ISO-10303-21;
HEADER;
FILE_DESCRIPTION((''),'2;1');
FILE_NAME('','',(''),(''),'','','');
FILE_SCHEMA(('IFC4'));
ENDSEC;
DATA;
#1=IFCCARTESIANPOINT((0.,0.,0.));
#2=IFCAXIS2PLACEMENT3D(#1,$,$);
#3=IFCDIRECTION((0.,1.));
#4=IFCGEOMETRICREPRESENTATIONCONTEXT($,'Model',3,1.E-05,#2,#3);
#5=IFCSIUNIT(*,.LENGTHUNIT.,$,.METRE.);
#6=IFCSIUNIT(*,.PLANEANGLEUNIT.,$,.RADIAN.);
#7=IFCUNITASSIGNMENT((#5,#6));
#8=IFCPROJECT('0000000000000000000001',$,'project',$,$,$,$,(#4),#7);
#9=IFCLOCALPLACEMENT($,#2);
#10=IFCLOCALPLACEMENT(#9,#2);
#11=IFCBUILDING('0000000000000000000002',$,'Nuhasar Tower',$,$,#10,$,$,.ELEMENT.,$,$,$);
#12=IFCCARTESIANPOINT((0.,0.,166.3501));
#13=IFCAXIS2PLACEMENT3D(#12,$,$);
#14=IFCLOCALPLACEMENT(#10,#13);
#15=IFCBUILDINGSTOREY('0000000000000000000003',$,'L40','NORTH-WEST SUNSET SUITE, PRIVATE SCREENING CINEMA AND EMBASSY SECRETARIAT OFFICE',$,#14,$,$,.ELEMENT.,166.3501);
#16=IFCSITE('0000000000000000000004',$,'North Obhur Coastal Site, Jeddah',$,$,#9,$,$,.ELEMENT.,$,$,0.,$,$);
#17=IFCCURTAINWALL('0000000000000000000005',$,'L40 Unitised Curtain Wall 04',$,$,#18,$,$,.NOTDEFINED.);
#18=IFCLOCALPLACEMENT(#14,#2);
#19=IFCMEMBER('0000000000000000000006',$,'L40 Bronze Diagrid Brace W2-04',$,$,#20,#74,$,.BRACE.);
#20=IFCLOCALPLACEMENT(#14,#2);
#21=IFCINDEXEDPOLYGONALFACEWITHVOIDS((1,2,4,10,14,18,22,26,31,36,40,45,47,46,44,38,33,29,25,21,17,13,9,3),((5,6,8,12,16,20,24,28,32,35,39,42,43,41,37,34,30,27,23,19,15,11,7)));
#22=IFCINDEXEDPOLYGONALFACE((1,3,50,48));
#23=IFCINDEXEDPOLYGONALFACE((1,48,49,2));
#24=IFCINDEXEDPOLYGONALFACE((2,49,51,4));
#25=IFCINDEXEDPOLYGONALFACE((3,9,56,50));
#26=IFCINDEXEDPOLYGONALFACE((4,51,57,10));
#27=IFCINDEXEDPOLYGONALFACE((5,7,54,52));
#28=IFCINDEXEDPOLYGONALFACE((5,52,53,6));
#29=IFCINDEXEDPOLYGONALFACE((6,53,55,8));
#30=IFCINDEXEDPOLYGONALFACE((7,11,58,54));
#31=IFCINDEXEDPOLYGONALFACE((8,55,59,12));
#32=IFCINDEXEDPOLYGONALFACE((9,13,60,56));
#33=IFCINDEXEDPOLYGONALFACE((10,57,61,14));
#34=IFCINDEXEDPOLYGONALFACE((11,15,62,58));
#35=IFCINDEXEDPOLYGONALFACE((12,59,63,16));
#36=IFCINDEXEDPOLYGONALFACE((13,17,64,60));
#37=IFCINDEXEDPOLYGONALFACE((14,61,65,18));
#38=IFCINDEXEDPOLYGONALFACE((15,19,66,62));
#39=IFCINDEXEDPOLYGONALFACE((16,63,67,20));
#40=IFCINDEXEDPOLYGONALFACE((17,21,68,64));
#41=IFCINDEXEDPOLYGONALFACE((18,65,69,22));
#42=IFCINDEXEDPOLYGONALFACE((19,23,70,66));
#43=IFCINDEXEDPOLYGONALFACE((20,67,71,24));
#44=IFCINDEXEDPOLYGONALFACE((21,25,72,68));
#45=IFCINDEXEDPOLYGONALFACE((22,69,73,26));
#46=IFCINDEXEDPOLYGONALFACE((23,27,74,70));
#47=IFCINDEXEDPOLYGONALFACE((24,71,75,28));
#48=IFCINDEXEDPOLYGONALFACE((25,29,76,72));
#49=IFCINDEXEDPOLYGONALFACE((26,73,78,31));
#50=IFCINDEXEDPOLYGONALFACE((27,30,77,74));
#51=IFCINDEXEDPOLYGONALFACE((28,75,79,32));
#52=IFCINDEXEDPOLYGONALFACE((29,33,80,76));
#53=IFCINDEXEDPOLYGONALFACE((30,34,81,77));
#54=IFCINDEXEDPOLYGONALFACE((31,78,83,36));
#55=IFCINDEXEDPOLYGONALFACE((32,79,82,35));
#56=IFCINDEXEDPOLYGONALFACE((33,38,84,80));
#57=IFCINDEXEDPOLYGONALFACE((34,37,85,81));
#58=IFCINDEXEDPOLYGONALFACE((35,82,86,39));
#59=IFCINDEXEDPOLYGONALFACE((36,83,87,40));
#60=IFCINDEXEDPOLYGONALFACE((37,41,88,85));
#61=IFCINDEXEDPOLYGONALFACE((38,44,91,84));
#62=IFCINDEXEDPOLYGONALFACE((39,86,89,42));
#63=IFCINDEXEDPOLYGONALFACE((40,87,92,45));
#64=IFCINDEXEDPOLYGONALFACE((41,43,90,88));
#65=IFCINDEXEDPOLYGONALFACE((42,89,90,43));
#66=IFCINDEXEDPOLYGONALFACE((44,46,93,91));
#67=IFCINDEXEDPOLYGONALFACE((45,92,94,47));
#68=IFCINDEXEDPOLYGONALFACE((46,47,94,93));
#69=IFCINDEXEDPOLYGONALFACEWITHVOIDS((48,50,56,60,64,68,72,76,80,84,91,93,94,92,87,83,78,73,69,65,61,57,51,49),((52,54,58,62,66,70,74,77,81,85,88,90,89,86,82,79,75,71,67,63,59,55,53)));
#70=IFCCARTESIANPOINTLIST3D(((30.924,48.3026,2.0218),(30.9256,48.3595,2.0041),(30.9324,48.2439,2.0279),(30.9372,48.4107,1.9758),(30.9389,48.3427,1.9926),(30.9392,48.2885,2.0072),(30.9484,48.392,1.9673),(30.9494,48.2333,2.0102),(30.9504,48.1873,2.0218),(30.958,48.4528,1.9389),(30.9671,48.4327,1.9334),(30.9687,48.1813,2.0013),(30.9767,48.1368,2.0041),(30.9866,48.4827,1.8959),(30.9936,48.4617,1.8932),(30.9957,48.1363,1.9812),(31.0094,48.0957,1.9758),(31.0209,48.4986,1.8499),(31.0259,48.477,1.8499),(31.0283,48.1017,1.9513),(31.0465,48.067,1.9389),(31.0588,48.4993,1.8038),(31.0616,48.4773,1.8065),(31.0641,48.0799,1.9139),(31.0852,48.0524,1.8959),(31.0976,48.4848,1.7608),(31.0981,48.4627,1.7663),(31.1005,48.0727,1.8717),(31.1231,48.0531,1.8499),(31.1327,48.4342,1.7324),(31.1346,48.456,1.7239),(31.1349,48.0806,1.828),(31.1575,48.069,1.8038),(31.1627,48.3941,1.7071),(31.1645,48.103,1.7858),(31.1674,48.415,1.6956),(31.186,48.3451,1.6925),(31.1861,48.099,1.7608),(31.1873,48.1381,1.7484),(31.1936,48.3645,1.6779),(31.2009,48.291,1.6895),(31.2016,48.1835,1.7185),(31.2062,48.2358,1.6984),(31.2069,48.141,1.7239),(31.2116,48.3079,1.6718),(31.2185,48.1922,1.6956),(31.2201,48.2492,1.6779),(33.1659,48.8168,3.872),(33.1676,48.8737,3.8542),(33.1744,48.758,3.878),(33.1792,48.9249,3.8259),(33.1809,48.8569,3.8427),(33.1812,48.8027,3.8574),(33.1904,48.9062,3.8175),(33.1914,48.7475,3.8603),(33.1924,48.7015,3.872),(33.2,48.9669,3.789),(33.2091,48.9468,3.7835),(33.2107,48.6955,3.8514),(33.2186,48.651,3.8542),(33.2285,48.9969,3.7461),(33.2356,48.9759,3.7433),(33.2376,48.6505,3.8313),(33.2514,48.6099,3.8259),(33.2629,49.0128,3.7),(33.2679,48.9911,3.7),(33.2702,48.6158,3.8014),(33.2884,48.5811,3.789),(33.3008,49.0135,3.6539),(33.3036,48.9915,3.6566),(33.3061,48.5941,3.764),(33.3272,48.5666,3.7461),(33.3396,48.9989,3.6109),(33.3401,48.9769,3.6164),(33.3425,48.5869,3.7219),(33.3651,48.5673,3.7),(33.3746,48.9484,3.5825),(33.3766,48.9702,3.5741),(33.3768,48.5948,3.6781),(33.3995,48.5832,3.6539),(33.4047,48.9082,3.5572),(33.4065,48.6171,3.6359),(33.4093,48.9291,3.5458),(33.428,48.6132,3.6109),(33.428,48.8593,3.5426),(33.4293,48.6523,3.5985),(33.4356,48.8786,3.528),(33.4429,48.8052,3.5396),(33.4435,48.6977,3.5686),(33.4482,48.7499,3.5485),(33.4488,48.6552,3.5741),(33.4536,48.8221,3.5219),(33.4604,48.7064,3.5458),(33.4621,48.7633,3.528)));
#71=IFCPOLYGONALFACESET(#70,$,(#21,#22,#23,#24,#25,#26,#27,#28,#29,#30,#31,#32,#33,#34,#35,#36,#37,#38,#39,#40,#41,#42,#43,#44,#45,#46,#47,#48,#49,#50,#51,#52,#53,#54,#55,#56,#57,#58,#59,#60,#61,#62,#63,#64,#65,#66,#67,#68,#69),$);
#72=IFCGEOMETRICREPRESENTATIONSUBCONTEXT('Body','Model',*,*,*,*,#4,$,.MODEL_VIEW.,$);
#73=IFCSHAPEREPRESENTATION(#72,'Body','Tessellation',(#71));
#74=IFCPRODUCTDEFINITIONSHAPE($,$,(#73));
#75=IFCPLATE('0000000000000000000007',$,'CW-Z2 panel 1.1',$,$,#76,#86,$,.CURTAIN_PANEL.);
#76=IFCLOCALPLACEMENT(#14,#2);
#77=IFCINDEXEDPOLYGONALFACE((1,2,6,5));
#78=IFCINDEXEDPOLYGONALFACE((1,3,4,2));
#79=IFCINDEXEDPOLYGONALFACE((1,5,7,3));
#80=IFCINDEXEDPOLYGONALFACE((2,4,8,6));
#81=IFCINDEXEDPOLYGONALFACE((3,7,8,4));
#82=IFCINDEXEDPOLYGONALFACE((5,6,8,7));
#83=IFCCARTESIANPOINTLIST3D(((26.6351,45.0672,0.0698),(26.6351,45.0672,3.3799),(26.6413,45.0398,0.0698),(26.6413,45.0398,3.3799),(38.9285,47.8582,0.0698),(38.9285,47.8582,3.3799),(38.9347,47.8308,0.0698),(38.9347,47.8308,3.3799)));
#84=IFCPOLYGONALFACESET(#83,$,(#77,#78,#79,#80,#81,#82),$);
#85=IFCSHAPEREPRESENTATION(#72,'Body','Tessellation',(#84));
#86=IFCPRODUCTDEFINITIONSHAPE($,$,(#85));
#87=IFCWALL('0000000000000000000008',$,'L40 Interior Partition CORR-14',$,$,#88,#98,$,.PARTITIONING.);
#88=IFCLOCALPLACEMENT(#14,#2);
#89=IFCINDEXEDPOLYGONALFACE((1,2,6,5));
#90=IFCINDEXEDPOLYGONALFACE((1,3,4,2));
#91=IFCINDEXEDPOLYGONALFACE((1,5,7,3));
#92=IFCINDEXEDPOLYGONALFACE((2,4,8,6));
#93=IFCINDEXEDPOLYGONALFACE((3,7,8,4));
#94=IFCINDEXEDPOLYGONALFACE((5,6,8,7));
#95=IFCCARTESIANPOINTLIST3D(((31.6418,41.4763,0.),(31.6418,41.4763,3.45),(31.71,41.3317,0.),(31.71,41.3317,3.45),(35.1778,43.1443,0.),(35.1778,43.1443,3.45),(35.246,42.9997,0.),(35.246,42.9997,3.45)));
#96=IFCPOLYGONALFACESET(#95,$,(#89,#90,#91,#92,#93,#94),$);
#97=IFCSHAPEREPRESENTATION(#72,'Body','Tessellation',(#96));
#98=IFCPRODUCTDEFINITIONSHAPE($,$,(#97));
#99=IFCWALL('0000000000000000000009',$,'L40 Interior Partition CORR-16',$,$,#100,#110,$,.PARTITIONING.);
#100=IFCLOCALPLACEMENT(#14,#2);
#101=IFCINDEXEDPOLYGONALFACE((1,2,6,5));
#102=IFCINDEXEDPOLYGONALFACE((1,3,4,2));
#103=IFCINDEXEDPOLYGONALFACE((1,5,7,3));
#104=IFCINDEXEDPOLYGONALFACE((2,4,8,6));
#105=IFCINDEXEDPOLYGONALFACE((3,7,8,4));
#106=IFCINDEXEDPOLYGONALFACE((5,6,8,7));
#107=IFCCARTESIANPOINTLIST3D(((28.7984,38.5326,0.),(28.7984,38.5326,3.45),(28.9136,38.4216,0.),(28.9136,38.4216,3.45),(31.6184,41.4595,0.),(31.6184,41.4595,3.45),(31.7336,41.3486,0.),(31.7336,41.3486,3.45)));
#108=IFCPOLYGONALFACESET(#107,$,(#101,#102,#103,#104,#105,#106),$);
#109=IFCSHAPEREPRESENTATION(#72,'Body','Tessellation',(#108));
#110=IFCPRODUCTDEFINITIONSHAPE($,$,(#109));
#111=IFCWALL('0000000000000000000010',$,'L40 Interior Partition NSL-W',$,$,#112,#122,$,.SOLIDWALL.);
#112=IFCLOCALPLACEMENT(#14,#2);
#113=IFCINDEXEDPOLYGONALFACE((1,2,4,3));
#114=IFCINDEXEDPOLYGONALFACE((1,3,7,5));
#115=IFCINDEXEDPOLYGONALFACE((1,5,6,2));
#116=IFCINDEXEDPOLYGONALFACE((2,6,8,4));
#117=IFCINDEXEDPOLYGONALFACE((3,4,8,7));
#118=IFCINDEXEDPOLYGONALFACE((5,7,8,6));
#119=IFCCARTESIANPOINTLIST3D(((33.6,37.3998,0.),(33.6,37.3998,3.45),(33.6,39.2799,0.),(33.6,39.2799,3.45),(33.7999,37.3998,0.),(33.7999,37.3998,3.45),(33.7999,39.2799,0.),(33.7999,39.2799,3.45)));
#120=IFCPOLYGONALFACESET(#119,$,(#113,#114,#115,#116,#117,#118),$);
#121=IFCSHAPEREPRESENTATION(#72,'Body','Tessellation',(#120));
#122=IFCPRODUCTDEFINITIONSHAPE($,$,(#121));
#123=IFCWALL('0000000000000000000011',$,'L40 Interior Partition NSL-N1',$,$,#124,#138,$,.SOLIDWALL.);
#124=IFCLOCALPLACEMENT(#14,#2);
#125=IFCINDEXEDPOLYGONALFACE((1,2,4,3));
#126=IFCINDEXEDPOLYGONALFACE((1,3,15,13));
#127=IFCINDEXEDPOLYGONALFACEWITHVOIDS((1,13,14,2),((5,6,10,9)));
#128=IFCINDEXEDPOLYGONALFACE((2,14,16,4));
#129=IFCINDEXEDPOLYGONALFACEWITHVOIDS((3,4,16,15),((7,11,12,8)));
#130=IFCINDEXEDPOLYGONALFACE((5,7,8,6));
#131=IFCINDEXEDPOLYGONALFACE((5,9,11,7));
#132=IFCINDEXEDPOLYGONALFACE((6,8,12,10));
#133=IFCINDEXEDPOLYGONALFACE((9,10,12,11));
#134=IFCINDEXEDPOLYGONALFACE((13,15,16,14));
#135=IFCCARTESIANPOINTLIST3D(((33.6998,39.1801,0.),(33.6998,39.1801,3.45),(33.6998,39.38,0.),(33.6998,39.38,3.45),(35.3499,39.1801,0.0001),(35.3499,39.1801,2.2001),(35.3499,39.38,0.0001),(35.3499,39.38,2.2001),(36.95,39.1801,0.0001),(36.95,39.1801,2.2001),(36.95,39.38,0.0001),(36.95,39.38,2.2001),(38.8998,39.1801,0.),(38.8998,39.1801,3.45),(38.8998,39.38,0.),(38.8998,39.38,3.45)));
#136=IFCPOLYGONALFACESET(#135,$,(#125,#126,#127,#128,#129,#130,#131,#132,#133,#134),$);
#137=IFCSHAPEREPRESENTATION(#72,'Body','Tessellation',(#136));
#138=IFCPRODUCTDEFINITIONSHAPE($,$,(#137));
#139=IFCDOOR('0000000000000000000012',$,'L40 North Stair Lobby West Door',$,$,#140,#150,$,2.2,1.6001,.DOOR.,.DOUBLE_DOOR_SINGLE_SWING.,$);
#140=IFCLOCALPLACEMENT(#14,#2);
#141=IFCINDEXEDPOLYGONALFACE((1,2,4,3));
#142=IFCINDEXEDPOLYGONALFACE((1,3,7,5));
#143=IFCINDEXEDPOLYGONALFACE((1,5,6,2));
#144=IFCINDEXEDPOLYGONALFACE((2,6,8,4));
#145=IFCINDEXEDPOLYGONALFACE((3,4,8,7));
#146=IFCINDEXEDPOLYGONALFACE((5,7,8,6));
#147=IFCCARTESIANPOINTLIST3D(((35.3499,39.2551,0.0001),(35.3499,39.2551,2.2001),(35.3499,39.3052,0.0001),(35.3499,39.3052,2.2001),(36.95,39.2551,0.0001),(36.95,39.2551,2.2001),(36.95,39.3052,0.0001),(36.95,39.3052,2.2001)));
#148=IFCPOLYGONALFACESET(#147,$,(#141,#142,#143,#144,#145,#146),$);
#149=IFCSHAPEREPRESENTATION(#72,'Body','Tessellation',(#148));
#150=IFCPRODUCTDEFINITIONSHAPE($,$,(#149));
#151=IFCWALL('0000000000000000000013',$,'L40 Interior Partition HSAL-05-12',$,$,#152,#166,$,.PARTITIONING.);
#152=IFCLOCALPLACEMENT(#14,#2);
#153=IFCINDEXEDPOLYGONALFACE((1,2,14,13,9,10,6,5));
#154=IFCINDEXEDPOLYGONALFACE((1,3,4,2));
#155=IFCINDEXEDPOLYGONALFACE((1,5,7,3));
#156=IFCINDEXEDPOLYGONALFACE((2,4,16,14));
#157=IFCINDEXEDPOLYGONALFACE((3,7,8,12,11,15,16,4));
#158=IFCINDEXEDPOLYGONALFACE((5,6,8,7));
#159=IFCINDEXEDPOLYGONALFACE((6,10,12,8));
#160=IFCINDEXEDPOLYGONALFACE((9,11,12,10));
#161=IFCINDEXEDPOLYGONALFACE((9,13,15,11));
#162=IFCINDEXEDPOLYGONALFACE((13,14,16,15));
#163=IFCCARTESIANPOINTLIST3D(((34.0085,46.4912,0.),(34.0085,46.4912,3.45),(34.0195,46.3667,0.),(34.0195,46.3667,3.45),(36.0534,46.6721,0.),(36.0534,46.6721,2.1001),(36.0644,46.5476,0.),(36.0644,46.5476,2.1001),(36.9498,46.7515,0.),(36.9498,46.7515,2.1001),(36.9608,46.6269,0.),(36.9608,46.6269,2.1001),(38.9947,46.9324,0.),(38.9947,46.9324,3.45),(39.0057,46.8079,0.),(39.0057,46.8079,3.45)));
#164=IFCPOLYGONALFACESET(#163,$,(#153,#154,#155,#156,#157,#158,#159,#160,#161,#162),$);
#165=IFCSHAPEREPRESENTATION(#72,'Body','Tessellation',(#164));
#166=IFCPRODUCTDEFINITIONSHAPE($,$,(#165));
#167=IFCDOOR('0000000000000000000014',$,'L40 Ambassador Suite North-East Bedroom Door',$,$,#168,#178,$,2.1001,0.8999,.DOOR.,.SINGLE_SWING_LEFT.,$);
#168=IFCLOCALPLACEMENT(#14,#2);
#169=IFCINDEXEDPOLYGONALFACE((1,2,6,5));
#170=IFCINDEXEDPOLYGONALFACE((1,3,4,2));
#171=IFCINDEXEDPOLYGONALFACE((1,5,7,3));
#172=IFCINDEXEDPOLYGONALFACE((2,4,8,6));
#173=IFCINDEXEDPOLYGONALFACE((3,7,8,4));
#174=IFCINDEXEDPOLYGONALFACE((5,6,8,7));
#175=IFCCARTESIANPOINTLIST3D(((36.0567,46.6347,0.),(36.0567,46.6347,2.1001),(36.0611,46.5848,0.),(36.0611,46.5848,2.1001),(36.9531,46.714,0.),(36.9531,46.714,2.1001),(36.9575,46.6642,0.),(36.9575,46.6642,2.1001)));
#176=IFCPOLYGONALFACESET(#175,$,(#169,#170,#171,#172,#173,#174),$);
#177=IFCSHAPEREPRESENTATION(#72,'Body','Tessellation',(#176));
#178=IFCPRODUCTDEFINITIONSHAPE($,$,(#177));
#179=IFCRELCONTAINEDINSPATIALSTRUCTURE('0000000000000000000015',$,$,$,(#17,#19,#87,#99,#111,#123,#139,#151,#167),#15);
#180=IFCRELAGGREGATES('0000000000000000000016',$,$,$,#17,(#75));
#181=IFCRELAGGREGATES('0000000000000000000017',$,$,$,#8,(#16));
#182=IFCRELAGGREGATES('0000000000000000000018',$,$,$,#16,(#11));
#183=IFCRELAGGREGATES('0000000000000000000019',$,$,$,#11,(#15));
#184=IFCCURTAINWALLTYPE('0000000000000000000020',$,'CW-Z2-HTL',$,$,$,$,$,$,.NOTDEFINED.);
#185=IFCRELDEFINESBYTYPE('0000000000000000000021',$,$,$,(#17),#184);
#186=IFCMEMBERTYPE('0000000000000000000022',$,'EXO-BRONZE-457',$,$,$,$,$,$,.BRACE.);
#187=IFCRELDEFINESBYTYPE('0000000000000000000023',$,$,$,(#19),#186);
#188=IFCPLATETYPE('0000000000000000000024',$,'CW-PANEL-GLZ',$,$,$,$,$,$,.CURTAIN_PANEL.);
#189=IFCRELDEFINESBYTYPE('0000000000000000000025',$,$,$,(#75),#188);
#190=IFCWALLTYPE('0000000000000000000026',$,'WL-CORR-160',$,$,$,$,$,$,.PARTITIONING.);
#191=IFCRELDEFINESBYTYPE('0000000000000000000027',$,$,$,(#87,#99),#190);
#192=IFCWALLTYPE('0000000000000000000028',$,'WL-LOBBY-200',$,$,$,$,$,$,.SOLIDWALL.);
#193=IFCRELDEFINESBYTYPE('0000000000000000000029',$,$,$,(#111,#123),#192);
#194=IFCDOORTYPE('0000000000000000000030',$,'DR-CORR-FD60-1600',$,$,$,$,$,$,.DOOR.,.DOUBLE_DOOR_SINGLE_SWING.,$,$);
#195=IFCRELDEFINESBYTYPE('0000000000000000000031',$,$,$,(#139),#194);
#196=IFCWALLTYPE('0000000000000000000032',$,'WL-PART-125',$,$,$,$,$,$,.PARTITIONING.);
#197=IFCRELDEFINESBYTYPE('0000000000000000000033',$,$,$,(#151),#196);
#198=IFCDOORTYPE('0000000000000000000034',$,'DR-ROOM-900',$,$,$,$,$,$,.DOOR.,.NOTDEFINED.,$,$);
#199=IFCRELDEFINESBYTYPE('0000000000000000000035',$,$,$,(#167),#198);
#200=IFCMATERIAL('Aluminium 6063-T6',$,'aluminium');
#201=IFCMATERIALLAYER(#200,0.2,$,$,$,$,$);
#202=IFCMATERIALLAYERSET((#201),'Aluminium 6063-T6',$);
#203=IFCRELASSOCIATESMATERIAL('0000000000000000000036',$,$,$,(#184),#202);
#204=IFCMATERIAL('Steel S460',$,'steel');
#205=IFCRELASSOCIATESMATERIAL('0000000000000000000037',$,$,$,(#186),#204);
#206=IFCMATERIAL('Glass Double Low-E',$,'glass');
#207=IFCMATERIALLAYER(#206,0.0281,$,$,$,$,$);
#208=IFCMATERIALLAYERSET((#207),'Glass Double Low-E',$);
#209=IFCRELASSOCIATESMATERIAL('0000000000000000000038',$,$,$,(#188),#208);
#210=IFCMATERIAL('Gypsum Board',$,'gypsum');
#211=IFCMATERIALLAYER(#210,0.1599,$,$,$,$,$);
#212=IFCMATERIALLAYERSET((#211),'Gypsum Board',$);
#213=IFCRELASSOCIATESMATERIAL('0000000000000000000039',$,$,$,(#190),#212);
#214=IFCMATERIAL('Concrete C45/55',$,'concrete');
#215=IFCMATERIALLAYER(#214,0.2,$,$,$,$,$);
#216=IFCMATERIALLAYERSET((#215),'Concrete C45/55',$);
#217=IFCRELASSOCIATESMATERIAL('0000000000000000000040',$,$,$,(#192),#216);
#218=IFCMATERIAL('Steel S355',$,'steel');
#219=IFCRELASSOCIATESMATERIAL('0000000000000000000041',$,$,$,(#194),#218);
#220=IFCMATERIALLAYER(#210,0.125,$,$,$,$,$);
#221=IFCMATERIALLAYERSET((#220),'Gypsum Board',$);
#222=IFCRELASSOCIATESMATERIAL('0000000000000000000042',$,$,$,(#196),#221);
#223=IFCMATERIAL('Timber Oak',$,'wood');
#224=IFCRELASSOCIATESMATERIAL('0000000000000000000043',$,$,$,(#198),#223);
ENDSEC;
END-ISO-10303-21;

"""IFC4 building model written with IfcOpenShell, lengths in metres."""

from ifc_helpers import new_model, si_unit, direction, frame, frame_2d, origin, origin_2d, place, context, subcontext, project, spatial, rectangle, hollow_circle, extrude, material, layer, layer_set, material_profile, profile_set, type_object, element, fill, aggregate, save


model = new_model("IFC4")

# Units and contexts
model_context = context("Model", 3, precision=1e-05, world=origin(), true_north=direction((0.0, 1.0)))
body_context = subcontext(model_context, "Body", "Model", "MODEL_VIEW")
ifc_project = project(units=[si_unit("LENGTHUNIT", "METRE"), si_unit("PLANEANGLEUNIT", "RADIAN")], contexts=[model_context])

# Site, building, storey
site_placement = place(None, origin())
site = spatial("IfcSite", under=ifc_project, at=site_placement, Name="North Obhur Coastal Site, Jeddah", CompositionType="ELEMENT", RefElevation=0.0)
building_placement = place(site_placement, origin())
building = spatial("IfcBuilding", under=site, at=building_placement, Name="Nuhasar Tower", CompositionType="ELEMENT")
storey_placement = place(building_placement, frame((0.0, 0.0, 166.3501)))
storey = spatial("IfcBuildingStorey", under=building, at=storey_placement, Name="L40", Description="NORTH-WEST SUNSET SUITE, PRIVATE SCREENING CINEMA AND EMBASSY SECRETARIAT OFFICE", CompositionType="ELEMENT", Elevation=166.3501)

# Shared definitions
ifc_material_1 = material(Name="Steel S355", Category="steel")

# Curtain wall
ifc_material_2 = material(Name="Aluminium 6063-T6", Category="aluminium")
ifc_layer_1 = layer(ifc_material_2, 0.2)
ifc_layer_set_1 = layer_set([ifc_layer_1], Name="Aluminium 6063-T6")
curtain_wall_type = type_object("IfcCurtainWallType", Name="CW-Z2-HTL", PredefinedType="NOTDEFINED", material=ifc_layer_set_1)
curtain_wall_placement = place(storey_placement, origin())
curtain_wall = element("IfcCurtainWall", 1, at=curtain_wall_placement, inside=storey, type_object=curtain_wall_type, Name="L40 Unitised Curtain Wall 04", PredefinedType="NOTDEFINED")

# Member
ifc_material_3 = material(Name="Steel S460", Category="steel")
ifc_material_profile_1 = material_profile(ifc_material_3, hollow_circle(Radius=0.2285, WallThickness=0.0222, at=origin_2d()), Name="HSS457X22.2")
ifc_profile_set_1 = profile_set([ifc_material_profile_1], Name="Steel S460")
member_type_1 = type_object("IfcMemberType", Name="EXO-BRONZE-457", PredefinedType="BRACE", material=ifc_profile_set_1)
member_1_placement = place(storey_placement, frame((31.072, 48.2759, 1.8499), z_axis=(0.7595, 0.174181, 0.626755), x_axis=(-0.223534, 0.974696, 0.0)))
element("IfcMember", 2, at=member_1_placement, inside=storey, type_object=member_type_1, Name="L40 Bronze Diagrid Brace W2-04", PredefinedType="BRACE", context=body_context, shape_type="SweptSolid", body=[
    extrude(hollow_circle(Radius=0.2285, WallThickness=0.0222, at=origin_2d()), origin(), (0.0, 0.0, 1.0), 2.9519),
])

# Plate
ifc_material_4 = material(Name="Glass Double Low-E", Category="glass")
ifc_layer_2 = layer(ifc_material_4, 0.0281)
ifc_layer_set_2 = layer_set([ifc_layer_2], Name="Glass Double Low-E")
plate_type = type_object("IfcPlateType", Name="CW-PANEL-GLZ", PredefinedType="CURTAIN_PANEL", material=ifc_layer_set_2)
plate_placement = place(storey_placement, frame((32.7849, 46.449, 0.0698), z_axis=(0.0, 0.0, 1.0), x_axis=(-0.975184, -0.221397, 0.0)))
plate = element("IfcPlate", 3, at=plate_placement, type_object=plate_type, Name="CW-Z2 panel 1.1", PredefinedType="CURTAIN_PANEL", context=body_context, shape_type="SweptSolid", body=[
    extrude(rectangle(XDim=12.6062, YDim=0.0281, at=origin_2d()), origin(), (0.0, 0.0, 1.0), 3.3101),
])
aggregate(curtain_wall, [plate])

# Shared definitions
ifc_material_5 = material(Name="Gypsum Board", Category="gypsum")
ifc_layer_3 = layer(ifc_material_5, 0.1599)
ifc_layer_set_3 = layer_set([ifc_layer_3], Name="Gypsum Board")
wall_type_1 = type_object("IfcWallType", Name="WL-CORR-160", PredefinedType="PARTITIONING", material=ifc_layer_set_3)
ifc_material_6 = material(Name="Timber Oak", Category="wood")

# Walls
wall_1_placement = place(storey_placement, frame((35.2119, 43.072, 0.0), z_axis=(0.0, 0.0, 1.0), x_axis=(-0.904422, -0.426639, 0.0)))
element("IfcWall", 4, at=wall_1_placement, inside=storey, type_object=wall_type_1, Name="L40 Interior Partition CORR-14", PredefinedType="PARTITIONING", context=body_context, shape_type="SweptSolid", body=[
    extrude(rectangle(XDim=3.9097, YDim=0.1599, at=frame_2d((1.9548, 0.0))), origin(), (0.0, 0.0, 1.0), 3.45),
])
wall_2_placement = place(storey_placement, frame((31.676, 41.4041, 0.0), z_axis=(0.0, 0.0, 1.0), x_axis=(-0.69383, -0.720139, 0.0)))
element("IfcWall", 5, at=wall_2_placement, inside=storey, type_object=wall_type_1, Name="L40 Interior Partition CORR-16", PredefinedType="PARTITIONING", context=body_context, shape_type="SweptSolid", body=[
    extrude(rectangle(XDim=4.0645, YDim=0.1599, at=frame_2d((2.0322, 0.0))), origin(), (0.0, 0.0, 1.0), 3.45),
])
ifc_material_7 = material(Name="Concrete C45/55", Category="concrete")
ifc_layer_4 = layer(ifc_material_7, 0.2)
ifc_layer_set_4 = layer_set([ifc_layer_4], Name="Concrete C45/55")
wall_type_2 = type_object("IfcWallType", Name="WL-LOBBY-200", PredefinedType="SOLIDWALL", material=ifc_layer_set_4)
wall_3_placement = place(storey_placement, frame((33.7, 37.3999, 0.0), z_axis=(0.0, 0.0, 1.0), x_axis=(0.0, 1.0, 0.0)))
element("IfcWall", 6, at=wall_3_placement, inside=storey, type_object=wall_type_2, Name="L40 Interior Partition NSL-W", PredefinedType="SOLIDWALL", context=body_context, shape_type="SweptSolid", body=[
    extrude(rectangle(XDim=1.8801, YDim=0.2, at=frame_2d((0.9399, 0.0))), origin(), (0.0, 0.0, 1.0), 3.45),
])

# Walls, openings, doors
wall_4_placement = place(storey_placement, frame((38.8999, 39.28, 0.0), z_axis=(0.0, 0.0, 1.0), x_axis=(-1.0, 0.0, 0.0)))
wall_4 = element("IfcWall", 7, at=wall_4_placement, inside=storey, type_object=wall_type_2, Name="L40 Interior Partition NSL-N1", PredefinedType="SOLIDWALL", context=body_context, shape_type="SweptSolid", body=[
    extrude(rectangle(XDim=5.2, YDim=0.2, at=frame_2d((2.6001, 0.0))), origin(), (0.0, 0.0, 1.0), 3.45),
])
opening_1_placement = place(wall_4_placement, frame((1.95, 0.0, 0.0)))
opening_1 = element("IfcOpeningElement", 8, at=opening_1_placement, cuts=wall_4, PredefinedType="OPENING", context=body_context, shape_type="SweptSolid", body=[
    extrude(rectangle(XDim=1.6001, YDim=2.2, at=frame_2d((0.8, 1.1001))), frame((0.0, 0.1099, 0.0), z_axis=(0.0, -1.0, 0.0), x_axis=(1.0, 0.0, 0.0)), (0.0, 0.0, 1.0), 0.22),
])
door_type_1 = type_object("IfcDoorType", Name="DR-CORR-FD60-1600", OperationType="DOUBLE_DOOR_SINGLE_SWING", PredefinedType="DOOR", material=ifc_material_1)
door_1_placement = place(opening_1_placement, origin())
door_1 = element("IfcDoor", 9, at=door_1_placement, inside=storey, type_object=door_type_1, Name="L40 North Stair Lobby West Door", OperationType="DOUBLE_DOOR_SINGLE_SWING", OverallHeight=2.2, OverallWidth=1.6001, PredefinedType="DOOR", context=body_context, shape_type="SweptSolid", body=[
    extrude(rectangle(XDim=1.6001, YDim=2.2, at=frame_2d((0.8, 1.1001))), frame((0.0, 0.0249, 0.0), z_axis=(0.0, -1.0, 0.0), x_axis=(1.0, 0.0, 0.0)), (0.0, 0.0, 1.0), 0.05),
])
fill(opening_1, door_1)
ifc_layer_5 = layer(ifc_material_5, 0.125)
ifc_layer_set_5 = layer_set([ifc_layer_5], Name="Gypsum Board")
wall_type_3 = type_object("IfcWallType", Name="WL-PART-125", PredefinedType="PARTITIONING", material=ifc_layer_set_5)
wall_5_placement = place(storey_placement, frame((34.0139, 46.429, 0.0), z_axis=(0.0, 0.0, 1.0), x_axis=(0.996109, 0.088134, 0.0)))
wall_5 = element("IfcWall", 10, at=wall_5_placement, inside=storey, type_object=wall_type_3, Name="L40 Interior Partition HSAL-05-12", PredefinedType="PARTITIONING", context=body_context, shape_type="SweptSolid", body=[
    extrude(rectangle(XDim=5.0056, YDim=0.125, at=frame_2d((2.5029, 0.0))), origin(), (0.0, 0.0, 1.0), 3.45),
])
opening_2_placement = place(wall_5_placement, frame((2.053, 0.0, 0.0)))
opening_2 = element("IfcOpeningElement", 11, at=opening_2_placement, cuts=wall_5, PredefinedType="OPENING", context=body_context, shape_type="SweptSolid", body=[
    extrude(rectangle(XDim=0.8999, YDim=2.1001, at=frame_2d((0.45, 1.05))), frame((0.0, 0.0725, 0.0), z_axis=(0.0, -1.0, 0.0), x_axis=(1.0, 0.0, 0.0)), (0.0, 0.0, 1.0), 0.145),
])
door_type_2 = type_object("IfcDoorType", Name="DR-ROOM-900", OperationType="NOTDEFINED", PredefinedType="DOOR", material=ifc_material_6)
door_2_placement = place(opening_2_placement, origin())
door_2 = element("IfcDoor", 12, at=door_2_placement, inside=storey, type_object=door_type_2, Name="L40 Ambassador Suite North-East Bedroom Door", OperationType="SINGLE_SWING_LEFT", OverallHeight=2.1001, OverallWidth=0.8999, PredefinedType="DOOR", context=body_context, shape_type="SweptSolid", body=[
    extrude(rectangle(XDim=0.8999, YDim=2.1001, at=frame_2d((0.45, 1.05))), frame((0.0, 0.0249, 0.0), z_axis=(0.0, -1.0, 0.0), x_axis=(1.0, 0.0, 0.0)), (0.0, 0.0, 1.0), 0.05),
])
fill(opening_2, door_2)

save(model, "model.ifc")
